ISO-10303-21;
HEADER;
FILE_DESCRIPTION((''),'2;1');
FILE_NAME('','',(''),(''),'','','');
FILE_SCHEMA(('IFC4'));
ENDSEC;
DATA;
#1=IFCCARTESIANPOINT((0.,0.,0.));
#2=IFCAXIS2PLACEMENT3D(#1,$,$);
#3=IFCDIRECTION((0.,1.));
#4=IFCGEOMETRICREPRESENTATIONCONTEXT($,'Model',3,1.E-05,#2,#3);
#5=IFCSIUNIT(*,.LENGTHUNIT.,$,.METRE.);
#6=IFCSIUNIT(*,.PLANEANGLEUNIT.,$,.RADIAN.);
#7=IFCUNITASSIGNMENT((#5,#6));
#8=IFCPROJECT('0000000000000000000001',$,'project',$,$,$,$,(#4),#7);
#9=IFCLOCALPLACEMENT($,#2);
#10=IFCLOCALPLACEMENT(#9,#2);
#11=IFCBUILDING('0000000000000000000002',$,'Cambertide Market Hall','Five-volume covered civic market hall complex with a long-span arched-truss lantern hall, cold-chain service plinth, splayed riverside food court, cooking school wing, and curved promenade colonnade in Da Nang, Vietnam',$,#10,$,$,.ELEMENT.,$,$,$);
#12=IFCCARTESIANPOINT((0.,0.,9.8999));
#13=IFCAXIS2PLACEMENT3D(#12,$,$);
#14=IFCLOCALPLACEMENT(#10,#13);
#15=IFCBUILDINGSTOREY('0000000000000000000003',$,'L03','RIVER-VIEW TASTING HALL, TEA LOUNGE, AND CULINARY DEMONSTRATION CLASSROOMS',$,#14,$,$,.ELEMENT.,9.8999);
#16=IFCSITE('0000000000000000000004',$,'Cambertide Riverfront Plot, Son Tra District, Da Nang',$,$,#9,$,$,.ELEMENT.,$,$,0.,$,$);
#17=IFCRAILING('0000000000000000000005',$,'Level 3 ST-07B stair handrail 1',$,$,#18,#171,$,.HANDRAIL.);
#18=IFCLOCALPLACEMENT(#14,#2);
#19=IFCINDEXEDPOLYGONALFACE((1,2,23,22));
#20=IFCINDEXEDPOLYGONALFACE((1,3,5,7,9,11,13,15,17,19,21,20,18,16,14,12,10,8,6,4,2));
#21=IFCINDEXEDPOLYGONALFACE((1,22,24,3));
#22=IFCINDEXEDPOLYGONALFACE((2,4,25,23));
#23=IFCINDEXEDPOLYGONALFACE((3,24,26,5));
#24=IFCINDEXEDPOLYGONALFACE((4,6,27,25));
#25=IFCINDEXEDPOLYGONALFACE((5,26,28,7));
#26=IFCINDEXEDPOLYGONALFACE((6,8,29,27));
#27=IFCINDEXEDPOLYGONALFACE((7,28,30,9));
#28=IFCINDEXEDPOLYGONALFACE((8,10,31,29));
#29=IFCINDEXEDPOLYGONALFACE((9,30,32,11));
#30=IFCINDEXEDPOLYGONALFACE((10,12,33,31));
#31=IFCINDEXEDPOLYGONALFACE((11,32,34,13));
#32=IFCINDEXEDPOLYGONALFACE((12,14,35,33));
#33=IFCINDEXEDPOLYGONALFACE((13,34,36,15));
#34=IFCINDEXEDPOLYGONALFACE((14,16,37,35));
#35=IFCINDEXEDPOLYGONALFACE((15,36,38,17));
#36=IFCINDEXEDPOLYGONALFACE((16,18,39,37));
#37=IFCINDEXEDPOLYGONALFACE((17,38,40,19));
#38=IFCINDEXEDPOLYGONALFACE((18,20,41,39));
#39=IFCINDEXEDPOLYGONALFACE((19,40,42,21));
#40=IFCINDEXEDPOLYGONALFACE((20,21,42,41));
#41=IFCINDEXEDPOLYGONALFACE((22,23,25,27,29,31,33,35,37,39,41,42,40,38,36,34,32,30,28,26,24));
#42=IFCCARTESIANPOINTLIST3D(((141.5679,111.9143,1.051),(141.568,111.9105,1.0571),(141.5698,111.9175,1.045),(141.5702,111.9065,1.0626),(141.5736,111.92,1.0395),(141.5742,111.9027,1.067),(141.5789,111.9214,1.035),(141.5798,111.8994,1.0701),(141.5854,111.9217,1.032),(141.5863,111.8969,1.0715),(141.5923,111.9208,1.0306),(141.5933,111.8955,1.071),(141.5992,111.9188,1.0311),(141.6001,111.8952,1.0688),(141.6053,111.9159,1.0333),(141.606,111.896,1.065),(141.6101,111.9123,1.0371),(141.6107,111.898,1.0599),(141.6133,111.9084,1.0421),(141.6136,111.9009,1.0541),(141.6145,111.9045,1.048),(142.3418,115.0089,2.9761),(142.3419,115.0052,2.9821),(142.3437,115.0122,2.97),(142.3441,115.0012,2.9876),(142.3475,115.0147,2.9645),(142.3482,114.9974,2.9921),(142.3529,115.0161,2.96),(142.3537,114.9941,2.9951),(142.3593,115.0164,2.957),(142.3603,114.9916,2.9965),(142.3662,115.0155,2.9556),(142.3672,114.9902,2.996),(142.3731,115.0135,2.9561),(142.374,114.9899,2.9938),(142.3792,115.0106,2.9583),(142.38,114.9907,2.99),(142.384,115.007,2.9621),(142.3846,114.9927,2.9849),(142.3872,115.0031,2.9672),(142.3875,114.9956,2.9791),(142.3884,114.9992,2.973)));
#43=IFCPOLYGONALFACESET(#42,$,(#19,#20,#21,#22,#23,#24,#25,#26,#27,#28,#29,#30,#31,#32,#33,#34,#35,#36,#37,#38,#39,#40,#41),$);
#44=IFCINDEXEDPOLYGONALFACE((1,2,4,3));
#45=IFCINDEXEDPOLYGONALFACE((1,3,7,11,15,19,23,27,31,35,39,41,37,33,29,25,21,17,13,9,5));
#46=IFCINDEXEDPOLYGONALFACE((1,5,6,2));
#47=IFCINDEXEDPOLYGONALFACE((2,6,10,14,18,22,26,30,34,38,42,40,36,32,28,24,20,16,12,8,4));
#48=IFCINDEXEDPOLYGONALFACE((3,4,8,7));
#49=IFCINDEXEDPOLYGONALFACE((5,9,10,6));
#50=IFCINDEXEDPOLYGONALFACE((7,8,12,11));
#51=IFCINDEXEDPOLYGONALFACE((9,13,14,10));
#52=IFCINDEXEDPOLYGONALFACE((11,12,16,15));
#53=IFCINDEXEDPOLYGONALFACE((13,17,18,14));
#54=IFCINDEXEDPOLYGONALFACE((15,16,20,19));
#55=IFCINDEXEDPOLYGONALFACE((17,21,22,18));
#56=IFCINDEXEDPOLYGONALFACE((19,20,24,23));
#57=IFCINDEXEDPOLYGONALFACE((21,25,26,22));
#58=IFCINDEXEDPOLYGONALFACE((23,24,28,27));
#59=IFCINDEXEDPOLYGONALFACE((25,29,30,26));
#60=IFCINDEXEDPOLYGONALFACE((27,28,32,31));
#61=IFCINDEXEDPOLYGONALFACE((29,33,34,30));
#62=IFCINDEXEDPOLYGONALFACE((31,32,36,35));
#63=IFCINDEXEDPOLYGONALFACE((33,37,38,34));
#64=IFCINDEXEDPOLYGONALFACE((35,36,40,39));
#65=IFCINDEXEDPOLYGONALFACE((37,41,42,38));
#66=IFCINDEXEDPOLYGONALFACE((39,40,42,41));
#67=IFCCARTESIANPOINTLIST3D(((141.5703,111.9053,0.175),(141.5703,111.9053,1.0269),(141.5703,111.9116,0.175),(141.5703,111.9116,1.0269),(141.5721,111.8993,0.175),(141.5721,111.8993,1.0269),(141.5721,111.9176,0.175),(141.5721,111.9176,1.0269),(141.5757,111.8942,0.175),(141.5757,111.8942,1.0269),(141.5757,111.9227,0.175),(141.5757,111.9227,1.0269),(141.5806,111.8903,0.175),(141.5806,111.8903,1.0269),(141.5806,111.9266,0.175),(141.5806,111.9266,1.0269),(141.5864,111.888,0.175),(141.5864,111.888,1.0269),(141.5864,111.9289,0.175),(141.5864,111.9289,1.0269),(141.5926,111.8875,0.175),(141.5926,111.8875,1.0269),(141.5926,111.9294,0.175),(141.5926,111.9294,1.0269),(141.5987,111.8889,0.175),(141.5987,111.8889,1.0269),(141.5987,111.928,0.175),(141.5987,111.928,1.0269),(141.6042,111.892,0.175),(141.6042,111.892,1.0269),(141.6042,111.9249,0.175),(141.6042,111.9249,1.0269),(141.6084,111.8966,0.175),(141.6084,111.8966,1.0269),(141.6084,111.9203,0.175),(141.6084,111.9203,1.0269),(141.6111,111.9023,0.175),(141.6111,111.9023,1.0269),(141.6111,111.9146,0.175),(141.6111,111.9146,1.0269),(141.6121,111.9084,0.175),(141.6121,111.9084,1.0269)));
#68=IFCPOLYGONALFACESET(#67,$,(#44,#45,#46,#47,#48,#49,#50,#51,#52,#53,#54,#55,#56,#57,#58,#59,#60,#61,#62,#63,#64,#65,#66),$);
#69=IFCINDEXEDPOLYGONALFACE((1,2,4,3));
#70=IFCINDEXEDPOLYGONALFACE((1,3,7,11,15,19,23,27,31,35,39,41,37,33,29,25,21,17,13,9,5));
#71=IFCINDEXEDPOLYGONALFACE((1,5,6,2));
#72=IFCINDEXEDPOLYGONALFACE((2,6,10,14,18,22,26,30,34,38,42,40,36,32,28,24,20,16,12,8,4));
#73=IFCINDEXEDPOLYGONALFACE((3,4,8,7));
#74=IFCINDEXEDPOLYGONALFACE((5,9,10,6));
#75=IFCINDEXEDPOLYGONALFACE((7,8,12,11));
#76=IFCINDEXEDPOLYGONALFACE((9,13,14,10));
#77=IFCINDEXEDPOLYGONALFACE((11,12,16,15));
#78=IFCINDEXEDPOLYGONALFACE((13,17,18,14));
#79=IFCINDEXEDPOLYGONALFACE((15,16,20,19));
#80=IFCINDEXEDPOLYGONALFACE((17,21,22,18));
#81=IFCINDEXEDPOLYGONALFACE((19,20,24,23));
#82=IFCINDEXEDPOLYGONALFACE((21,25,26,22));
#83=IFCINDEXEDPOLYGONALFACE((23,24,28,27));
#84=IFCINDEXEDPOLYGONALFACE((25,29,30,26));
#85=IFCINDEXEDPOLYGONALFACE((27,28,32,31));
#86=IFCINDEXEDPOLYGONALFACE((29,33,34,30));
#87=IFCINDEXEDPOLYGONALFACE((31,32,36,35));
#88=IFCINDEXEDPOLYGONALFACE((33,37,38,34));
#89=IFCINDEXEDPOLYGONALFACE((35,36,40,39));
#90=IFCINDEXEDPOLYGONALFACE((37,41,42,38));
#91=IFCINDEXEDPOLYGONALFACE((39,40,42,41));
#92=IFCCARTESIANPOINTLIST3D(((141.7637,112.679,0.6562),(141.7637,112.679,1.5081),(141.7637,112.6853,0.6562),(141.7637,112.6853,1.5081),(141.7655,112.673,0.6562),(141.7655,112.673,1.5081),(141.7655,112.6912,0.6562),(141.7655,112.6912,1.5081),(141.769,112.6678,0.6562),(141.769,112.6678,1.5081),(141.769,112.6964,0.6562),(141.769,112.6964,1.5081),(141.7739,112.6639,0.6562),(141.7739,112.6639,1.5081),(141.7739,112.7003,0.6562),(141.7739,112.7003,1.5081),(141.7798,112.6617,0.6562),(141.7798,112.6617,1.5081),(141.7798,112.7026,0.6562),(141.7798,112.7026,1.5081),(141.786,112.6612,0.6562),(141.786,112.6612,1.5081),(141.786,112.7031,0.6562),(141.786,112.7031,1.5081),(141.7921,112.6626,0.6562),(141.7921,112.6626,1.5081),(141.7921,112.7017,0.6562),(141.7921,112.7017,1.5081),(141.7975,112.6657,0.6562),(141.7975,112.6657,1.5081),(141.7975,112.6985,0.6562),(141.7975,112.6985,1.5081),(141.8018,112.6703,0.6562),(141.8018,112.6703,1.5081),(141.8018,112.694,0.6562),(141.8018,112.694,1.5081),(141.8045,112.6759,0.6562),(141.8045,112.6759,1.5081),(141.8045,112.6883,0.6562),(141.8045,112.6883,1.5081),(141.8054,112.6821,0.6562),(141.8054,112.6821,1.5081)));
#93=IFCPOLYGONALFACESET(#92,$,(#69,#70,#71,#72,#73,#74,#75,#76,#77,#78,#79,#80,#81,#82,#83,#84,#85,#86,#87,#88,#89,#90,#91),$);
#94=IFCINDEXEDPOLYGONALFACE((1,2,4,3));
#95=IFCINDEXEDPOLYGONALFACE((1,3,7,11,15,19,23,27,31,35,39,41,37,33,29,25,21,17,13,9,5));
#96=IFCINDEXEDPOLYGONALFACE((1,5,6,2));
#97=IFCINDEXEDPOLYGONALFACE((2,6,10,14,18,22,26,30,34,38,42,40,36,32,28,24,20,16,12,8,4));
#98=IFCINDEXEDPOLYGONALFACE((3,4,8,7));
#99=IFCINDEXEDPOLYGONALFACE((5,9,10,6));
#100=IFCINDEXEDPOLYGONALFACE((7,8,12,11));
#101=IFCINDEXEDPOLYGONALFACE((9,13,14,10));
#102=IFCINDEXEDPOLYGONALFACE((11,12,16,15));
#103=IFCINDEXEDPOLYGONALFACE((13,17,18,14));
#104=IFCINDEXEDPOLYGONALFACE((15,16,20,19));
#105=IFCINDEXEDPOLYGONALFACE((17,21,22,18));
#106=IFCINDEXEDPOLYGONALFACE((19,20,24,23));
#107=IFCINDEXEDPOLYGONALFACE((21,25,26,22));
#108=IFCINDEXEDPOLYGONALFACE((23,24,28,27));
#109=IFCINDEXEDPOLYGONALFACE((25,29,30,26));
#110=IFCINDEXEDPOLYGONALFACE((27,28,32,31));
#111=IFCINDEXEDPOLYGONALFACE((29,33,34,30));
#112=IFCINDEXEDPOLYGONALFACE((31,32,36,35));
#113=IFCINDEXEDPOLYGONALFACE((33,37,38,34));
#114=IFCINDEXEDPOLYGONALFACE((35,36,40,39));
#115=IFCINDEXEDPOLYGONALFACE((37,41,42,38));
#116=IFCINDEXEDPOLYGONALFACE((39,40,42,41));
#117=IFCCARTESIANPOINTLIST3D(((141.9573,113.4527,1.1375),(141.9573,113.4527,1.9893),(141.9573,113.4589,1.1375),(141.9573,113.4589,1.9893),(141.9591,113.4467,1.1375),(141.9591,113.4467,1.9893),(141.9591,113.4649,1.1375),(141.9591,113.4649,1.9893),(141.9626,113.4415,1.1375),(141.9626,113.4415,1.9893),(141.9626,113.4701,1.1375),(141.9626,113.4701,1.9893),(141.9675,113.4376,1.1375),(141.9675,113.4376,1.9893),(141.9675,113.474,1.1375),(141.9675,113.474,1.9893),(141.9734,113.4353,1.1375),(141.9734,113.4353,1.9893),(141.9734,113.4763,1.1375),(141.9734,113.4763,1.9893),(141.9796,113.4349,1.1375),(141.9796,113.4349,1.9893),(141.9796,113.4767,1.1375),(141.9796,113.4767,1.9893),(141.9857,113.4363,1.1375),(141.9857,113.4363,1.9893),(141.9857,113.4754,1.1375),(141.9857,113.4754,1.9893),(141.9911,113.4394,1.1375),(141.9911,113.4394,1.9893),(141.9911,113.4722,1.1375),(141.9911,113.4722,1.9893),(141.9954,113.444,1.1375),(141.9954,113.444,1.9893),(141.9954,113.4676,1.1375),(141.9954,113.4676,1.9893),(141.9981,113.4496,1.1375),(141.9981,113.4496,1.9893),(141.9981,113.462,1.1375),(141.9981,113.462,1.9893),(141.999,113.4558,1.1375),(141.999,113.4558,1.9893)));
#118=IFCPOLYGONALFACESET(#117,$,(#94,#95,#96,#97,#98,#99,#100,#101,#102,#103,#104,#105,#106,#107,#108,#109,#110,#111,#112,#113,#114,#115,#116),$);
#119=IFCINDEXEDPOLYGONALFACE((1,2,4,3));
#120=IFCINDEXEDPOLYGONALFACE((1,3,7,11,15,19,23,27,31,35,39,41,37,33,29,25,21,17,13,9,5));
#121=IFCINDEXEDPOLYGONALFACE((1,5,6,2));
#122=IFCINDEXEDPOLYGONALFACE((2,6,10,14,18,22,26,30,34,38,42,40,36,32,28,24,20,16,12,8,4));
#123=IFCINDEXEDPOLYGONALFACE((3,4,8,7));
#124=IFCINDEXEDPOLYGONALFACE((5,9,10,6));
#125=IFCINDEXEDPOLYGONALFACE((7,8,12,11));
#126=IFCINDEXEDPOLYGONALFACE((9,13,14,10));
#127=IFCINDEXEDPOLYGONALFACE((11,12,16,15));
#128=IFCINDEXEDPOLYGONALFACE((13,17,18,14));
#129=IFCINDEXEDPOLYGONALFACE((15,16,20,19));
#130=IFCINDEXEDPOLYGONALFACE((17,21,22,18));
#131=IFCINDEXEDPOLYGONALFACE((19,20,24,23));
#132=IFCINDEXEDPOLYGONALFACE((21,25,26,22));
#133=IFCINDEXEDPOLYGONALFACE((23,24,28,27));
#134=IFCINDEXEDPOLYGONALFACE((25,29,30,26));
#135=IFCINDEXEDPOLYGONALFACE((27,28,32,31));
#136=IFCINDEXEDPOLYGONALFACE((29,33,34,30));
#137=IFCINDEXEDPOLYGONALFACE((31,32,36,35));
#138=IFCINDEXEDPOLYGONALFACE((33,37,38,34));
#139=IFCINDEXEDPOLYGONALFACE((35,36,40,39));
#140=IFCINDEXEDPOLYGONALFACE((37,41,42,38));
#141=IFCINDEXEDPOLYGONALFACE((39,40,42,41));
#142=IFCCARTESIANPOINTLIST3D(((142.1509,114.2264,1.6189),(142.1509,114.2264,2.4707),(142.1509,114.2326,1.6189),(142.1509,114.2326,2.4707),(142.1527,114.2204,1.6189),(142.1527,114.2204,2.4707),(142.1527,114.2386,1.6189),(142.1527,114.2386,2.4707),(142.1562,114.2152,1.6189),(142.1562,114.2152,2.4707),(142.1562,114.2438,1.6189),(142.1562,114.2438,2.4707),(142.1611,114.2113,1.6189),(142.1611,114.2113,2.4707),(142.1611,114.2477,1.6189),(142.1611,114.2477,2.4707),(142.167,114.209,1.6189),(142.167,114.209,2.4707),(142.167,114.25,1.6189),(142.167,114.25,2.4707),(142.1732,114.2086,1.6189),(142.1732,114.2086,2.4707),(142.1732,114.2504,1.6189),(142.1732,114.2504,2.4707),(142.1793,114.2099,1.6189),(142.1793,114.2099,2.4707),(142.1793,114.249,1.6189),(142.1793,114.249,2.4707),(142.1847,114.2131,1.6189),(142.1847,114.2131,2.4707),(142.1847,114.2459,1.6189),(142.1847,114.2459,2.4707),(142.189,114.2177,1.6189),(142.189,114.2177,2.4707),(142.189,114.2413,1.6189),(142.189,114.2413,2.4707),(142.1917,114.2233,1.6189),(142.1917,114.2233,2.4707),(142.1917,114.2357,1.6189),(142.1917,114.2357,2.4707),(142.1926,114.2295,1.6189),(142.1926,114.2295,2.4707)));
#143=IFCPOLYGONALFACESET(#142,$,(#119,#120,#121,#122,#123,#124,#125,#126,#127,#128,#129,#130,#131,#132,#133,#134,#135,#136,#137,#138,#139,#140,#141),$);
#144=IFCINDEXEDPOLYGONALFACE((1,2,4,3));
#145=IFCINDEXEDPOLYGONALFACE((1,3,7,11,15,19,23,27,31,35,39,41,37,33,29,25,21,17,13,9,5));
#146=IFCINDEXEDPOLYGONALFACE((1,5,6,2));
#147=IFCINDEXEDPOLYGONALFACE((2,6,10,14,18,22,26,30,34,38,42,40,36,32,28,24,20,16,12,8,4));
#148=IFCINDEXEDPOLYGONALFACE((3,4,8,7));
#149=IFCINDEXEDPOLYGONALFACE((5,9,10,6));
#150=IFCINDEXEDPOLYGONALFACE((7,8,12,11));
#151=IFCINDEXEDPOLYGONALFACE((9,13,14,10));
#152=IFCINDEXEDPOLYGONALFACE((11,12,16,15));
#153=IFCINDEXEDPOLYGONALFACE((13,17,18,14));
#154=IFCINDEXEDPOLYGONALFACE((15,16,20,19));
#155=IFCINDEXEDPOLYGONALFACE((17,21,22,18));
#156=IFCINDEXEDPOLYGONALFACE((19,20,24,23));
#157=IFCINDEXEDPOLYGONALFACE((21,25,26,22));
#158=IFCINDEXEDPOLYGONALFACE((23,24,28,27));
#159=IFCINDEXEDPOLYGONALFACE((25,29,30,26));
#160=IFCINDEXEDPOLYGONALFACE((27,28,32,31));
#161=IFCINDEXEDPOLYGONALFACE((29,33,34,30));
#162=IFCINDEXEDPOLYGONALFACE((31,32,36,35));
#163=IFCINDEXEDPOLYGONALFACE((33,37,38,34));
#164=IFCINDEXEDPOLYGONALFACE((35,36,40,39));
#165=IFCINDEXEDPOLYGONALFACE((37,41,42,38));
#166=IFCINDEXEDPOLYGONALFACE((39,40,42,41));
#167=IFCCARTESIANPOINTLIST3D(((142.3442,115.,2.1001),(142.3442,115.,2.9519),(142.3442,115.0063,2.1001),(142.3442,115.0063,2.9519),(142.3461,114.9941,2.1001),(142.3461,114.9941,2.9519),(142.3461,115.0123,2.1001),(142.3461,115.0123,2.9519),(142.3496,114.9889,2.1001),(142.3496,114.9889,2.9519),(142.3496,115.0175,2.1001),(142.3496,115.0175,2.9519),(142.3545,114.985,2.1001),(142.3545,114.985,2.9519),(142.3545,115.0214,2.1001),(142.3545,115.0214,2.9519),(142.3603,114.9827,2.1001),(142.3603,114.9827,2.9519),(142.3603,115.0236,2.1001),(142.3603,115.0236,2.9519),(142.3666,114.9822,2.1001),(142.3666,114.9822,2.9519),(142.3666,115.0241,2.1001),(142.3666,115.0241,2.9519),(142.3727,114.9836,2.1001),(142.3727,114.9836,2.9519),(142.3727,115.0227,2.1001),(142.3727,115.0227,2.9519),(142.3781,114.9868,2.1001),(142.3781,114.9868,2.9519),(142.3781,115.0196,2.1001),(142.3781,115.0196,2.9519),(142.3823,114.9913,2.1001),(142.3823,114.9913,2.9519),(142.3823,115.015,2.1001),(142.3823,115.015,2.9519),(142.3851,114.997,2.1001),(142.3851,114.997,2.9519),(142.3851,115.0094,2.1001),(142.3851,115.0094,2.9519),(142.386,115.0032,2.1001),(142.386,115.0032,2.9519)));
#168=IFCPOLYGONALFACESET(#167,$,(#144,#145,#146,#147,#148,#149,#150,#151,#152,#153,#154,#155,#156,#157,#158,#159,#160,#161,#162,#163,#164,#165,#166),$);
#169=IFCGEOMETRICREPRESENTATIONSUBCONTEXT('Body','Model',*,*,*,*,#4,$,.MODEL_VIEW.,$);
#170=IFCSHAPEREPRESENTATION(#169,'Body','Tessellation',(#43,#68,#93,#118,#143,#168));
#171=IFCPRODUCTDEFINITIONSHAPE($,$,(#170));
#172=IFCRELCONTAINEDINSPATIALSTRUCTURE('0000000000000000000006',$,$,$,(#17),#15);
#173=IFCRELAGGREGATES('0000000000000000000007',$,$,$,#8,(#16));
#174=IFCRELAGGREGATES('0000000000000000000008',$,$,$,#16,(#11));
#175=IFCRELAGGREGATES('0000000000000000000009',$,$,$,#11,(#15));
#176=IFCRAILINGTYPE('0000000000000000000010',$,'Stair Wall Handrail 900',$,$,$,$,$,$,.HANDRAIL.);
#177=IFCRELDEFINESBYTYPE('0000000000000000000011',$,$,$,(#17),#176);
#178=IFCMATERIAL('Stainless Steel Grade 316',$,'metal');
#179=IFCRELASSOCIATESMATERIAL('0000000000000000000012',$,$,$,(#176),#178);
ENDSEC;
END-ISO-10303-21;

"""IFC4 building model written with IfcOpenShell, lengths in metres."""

from ifc_helpers import new_model, si_unit, direction, frame, origin, origin_2d, place, context, subcontext, project, spatial, circle, extrude, material, type_object, element, save


model = new_model("IFC4")

# Units and contexts
model_context = context("Model", 3, precision=1e-05, world=origin(), true_north=direction((0.0, 1.0)))
body_context = subcontext(model_context, "Body", "Model", "MODEL_VIEW")
ifc_project = project(units=[si_unit("LENGTHUNIT", "METRE"), si_unit("PLANEANGLEUNIT", "RADIAN")], contexts=[model_context])

# Site, building, storey
site_placement = place(None, origin())
site = spatial("IfcSite", under=ifc_project, at=site_placement, Name="Cambertide Riverfront Plot, Son Tra District, Da Nang", CompositionType="ELEMENT", RefElevation=0.0)
building_placement = place(site_placement, origin())
building = spatial("IfcBuilding", under=site, at=building_placement, Name="Cambertide Market Hall", Description="Five-volume covered civic market hall complex with a long-span arched-truss lantern hall, cold-chain service plinth, splayed riverside food court, cooking school wing, and curved promenade colonnade in Da Nang, Vietnam", CompositionType="ELEMENT")
storey_placement = place(building_placement, frame((0.0, 0.0, 9.8999)))
storey = spatial("IfcBuildingStorey", under=building, at=storey_placement, Name="L03", Description="RIVER-VIEW TASTING HALL, TEA LOUNGE, AND CULINARY DEMONSTRATION CLASSROOMS", CompositionType="ELEMENT", Elevation=9.8999)

# Railing
ifc_material_1 = material(Name="Stainless Steel Grade 316", Category="metal")
railing_type_1 = type_object("IfcRailingType", Name="Stair Wall Handrail 900", PredefinedType="HANDRAIL", material=ifc_material_1)
railing_1_placement = place(storey_placement, frame((141.5911, 111.9084, 0.175)))
element("IfcRailing", 1, at=railing_1_placement, inside=storey, type_object=railing_type_1, Name="Level 3 ST-07B stair handrail 1", PredefinedType="HANDRAIL", context=body_context, shape_type="SweptSolid", body=[
    extrude(circle(Radius=0.0239, at=origin_2d()), frame((0.0, 0.0, 0.876), z_axis=(0.207717, 0.830605, 0.516671), x_axis=(-0.970124, 0.242608, 0.0)), (0.0, 0.0, 1.0), 3.7258),
    extrude(circle(Radius=0.021, at=origin_2d()), origin(), (0.0, 0.0, 1.0), 0.8518),
    extrude(circle(Radius=0.021, at=origin_2d()), frame((0.1934, 0.7737, 0.4812)), (0.0, 0.0, 1.0), 0.8518),
    extrude(circle(Radius=0.021, at=origin_2d()), frame((0.387, 1.5474, 0.9624)), (0.0, 0.0, 1.0), 0.8518),
    extrude(circle(Radius=0.021, at=origin_2d()), frame((0.5806, 2.321, 1.4438)), (0.0, 0.0, 1.0), 0.8518),
    extrude(circle(Radius=0.021, at=origin_2d()), frame((0.7739, 3.0947, 1.925)), (0.0, 0.0, 1.0), 0.8518),
])

save(model, "model.ifc")
